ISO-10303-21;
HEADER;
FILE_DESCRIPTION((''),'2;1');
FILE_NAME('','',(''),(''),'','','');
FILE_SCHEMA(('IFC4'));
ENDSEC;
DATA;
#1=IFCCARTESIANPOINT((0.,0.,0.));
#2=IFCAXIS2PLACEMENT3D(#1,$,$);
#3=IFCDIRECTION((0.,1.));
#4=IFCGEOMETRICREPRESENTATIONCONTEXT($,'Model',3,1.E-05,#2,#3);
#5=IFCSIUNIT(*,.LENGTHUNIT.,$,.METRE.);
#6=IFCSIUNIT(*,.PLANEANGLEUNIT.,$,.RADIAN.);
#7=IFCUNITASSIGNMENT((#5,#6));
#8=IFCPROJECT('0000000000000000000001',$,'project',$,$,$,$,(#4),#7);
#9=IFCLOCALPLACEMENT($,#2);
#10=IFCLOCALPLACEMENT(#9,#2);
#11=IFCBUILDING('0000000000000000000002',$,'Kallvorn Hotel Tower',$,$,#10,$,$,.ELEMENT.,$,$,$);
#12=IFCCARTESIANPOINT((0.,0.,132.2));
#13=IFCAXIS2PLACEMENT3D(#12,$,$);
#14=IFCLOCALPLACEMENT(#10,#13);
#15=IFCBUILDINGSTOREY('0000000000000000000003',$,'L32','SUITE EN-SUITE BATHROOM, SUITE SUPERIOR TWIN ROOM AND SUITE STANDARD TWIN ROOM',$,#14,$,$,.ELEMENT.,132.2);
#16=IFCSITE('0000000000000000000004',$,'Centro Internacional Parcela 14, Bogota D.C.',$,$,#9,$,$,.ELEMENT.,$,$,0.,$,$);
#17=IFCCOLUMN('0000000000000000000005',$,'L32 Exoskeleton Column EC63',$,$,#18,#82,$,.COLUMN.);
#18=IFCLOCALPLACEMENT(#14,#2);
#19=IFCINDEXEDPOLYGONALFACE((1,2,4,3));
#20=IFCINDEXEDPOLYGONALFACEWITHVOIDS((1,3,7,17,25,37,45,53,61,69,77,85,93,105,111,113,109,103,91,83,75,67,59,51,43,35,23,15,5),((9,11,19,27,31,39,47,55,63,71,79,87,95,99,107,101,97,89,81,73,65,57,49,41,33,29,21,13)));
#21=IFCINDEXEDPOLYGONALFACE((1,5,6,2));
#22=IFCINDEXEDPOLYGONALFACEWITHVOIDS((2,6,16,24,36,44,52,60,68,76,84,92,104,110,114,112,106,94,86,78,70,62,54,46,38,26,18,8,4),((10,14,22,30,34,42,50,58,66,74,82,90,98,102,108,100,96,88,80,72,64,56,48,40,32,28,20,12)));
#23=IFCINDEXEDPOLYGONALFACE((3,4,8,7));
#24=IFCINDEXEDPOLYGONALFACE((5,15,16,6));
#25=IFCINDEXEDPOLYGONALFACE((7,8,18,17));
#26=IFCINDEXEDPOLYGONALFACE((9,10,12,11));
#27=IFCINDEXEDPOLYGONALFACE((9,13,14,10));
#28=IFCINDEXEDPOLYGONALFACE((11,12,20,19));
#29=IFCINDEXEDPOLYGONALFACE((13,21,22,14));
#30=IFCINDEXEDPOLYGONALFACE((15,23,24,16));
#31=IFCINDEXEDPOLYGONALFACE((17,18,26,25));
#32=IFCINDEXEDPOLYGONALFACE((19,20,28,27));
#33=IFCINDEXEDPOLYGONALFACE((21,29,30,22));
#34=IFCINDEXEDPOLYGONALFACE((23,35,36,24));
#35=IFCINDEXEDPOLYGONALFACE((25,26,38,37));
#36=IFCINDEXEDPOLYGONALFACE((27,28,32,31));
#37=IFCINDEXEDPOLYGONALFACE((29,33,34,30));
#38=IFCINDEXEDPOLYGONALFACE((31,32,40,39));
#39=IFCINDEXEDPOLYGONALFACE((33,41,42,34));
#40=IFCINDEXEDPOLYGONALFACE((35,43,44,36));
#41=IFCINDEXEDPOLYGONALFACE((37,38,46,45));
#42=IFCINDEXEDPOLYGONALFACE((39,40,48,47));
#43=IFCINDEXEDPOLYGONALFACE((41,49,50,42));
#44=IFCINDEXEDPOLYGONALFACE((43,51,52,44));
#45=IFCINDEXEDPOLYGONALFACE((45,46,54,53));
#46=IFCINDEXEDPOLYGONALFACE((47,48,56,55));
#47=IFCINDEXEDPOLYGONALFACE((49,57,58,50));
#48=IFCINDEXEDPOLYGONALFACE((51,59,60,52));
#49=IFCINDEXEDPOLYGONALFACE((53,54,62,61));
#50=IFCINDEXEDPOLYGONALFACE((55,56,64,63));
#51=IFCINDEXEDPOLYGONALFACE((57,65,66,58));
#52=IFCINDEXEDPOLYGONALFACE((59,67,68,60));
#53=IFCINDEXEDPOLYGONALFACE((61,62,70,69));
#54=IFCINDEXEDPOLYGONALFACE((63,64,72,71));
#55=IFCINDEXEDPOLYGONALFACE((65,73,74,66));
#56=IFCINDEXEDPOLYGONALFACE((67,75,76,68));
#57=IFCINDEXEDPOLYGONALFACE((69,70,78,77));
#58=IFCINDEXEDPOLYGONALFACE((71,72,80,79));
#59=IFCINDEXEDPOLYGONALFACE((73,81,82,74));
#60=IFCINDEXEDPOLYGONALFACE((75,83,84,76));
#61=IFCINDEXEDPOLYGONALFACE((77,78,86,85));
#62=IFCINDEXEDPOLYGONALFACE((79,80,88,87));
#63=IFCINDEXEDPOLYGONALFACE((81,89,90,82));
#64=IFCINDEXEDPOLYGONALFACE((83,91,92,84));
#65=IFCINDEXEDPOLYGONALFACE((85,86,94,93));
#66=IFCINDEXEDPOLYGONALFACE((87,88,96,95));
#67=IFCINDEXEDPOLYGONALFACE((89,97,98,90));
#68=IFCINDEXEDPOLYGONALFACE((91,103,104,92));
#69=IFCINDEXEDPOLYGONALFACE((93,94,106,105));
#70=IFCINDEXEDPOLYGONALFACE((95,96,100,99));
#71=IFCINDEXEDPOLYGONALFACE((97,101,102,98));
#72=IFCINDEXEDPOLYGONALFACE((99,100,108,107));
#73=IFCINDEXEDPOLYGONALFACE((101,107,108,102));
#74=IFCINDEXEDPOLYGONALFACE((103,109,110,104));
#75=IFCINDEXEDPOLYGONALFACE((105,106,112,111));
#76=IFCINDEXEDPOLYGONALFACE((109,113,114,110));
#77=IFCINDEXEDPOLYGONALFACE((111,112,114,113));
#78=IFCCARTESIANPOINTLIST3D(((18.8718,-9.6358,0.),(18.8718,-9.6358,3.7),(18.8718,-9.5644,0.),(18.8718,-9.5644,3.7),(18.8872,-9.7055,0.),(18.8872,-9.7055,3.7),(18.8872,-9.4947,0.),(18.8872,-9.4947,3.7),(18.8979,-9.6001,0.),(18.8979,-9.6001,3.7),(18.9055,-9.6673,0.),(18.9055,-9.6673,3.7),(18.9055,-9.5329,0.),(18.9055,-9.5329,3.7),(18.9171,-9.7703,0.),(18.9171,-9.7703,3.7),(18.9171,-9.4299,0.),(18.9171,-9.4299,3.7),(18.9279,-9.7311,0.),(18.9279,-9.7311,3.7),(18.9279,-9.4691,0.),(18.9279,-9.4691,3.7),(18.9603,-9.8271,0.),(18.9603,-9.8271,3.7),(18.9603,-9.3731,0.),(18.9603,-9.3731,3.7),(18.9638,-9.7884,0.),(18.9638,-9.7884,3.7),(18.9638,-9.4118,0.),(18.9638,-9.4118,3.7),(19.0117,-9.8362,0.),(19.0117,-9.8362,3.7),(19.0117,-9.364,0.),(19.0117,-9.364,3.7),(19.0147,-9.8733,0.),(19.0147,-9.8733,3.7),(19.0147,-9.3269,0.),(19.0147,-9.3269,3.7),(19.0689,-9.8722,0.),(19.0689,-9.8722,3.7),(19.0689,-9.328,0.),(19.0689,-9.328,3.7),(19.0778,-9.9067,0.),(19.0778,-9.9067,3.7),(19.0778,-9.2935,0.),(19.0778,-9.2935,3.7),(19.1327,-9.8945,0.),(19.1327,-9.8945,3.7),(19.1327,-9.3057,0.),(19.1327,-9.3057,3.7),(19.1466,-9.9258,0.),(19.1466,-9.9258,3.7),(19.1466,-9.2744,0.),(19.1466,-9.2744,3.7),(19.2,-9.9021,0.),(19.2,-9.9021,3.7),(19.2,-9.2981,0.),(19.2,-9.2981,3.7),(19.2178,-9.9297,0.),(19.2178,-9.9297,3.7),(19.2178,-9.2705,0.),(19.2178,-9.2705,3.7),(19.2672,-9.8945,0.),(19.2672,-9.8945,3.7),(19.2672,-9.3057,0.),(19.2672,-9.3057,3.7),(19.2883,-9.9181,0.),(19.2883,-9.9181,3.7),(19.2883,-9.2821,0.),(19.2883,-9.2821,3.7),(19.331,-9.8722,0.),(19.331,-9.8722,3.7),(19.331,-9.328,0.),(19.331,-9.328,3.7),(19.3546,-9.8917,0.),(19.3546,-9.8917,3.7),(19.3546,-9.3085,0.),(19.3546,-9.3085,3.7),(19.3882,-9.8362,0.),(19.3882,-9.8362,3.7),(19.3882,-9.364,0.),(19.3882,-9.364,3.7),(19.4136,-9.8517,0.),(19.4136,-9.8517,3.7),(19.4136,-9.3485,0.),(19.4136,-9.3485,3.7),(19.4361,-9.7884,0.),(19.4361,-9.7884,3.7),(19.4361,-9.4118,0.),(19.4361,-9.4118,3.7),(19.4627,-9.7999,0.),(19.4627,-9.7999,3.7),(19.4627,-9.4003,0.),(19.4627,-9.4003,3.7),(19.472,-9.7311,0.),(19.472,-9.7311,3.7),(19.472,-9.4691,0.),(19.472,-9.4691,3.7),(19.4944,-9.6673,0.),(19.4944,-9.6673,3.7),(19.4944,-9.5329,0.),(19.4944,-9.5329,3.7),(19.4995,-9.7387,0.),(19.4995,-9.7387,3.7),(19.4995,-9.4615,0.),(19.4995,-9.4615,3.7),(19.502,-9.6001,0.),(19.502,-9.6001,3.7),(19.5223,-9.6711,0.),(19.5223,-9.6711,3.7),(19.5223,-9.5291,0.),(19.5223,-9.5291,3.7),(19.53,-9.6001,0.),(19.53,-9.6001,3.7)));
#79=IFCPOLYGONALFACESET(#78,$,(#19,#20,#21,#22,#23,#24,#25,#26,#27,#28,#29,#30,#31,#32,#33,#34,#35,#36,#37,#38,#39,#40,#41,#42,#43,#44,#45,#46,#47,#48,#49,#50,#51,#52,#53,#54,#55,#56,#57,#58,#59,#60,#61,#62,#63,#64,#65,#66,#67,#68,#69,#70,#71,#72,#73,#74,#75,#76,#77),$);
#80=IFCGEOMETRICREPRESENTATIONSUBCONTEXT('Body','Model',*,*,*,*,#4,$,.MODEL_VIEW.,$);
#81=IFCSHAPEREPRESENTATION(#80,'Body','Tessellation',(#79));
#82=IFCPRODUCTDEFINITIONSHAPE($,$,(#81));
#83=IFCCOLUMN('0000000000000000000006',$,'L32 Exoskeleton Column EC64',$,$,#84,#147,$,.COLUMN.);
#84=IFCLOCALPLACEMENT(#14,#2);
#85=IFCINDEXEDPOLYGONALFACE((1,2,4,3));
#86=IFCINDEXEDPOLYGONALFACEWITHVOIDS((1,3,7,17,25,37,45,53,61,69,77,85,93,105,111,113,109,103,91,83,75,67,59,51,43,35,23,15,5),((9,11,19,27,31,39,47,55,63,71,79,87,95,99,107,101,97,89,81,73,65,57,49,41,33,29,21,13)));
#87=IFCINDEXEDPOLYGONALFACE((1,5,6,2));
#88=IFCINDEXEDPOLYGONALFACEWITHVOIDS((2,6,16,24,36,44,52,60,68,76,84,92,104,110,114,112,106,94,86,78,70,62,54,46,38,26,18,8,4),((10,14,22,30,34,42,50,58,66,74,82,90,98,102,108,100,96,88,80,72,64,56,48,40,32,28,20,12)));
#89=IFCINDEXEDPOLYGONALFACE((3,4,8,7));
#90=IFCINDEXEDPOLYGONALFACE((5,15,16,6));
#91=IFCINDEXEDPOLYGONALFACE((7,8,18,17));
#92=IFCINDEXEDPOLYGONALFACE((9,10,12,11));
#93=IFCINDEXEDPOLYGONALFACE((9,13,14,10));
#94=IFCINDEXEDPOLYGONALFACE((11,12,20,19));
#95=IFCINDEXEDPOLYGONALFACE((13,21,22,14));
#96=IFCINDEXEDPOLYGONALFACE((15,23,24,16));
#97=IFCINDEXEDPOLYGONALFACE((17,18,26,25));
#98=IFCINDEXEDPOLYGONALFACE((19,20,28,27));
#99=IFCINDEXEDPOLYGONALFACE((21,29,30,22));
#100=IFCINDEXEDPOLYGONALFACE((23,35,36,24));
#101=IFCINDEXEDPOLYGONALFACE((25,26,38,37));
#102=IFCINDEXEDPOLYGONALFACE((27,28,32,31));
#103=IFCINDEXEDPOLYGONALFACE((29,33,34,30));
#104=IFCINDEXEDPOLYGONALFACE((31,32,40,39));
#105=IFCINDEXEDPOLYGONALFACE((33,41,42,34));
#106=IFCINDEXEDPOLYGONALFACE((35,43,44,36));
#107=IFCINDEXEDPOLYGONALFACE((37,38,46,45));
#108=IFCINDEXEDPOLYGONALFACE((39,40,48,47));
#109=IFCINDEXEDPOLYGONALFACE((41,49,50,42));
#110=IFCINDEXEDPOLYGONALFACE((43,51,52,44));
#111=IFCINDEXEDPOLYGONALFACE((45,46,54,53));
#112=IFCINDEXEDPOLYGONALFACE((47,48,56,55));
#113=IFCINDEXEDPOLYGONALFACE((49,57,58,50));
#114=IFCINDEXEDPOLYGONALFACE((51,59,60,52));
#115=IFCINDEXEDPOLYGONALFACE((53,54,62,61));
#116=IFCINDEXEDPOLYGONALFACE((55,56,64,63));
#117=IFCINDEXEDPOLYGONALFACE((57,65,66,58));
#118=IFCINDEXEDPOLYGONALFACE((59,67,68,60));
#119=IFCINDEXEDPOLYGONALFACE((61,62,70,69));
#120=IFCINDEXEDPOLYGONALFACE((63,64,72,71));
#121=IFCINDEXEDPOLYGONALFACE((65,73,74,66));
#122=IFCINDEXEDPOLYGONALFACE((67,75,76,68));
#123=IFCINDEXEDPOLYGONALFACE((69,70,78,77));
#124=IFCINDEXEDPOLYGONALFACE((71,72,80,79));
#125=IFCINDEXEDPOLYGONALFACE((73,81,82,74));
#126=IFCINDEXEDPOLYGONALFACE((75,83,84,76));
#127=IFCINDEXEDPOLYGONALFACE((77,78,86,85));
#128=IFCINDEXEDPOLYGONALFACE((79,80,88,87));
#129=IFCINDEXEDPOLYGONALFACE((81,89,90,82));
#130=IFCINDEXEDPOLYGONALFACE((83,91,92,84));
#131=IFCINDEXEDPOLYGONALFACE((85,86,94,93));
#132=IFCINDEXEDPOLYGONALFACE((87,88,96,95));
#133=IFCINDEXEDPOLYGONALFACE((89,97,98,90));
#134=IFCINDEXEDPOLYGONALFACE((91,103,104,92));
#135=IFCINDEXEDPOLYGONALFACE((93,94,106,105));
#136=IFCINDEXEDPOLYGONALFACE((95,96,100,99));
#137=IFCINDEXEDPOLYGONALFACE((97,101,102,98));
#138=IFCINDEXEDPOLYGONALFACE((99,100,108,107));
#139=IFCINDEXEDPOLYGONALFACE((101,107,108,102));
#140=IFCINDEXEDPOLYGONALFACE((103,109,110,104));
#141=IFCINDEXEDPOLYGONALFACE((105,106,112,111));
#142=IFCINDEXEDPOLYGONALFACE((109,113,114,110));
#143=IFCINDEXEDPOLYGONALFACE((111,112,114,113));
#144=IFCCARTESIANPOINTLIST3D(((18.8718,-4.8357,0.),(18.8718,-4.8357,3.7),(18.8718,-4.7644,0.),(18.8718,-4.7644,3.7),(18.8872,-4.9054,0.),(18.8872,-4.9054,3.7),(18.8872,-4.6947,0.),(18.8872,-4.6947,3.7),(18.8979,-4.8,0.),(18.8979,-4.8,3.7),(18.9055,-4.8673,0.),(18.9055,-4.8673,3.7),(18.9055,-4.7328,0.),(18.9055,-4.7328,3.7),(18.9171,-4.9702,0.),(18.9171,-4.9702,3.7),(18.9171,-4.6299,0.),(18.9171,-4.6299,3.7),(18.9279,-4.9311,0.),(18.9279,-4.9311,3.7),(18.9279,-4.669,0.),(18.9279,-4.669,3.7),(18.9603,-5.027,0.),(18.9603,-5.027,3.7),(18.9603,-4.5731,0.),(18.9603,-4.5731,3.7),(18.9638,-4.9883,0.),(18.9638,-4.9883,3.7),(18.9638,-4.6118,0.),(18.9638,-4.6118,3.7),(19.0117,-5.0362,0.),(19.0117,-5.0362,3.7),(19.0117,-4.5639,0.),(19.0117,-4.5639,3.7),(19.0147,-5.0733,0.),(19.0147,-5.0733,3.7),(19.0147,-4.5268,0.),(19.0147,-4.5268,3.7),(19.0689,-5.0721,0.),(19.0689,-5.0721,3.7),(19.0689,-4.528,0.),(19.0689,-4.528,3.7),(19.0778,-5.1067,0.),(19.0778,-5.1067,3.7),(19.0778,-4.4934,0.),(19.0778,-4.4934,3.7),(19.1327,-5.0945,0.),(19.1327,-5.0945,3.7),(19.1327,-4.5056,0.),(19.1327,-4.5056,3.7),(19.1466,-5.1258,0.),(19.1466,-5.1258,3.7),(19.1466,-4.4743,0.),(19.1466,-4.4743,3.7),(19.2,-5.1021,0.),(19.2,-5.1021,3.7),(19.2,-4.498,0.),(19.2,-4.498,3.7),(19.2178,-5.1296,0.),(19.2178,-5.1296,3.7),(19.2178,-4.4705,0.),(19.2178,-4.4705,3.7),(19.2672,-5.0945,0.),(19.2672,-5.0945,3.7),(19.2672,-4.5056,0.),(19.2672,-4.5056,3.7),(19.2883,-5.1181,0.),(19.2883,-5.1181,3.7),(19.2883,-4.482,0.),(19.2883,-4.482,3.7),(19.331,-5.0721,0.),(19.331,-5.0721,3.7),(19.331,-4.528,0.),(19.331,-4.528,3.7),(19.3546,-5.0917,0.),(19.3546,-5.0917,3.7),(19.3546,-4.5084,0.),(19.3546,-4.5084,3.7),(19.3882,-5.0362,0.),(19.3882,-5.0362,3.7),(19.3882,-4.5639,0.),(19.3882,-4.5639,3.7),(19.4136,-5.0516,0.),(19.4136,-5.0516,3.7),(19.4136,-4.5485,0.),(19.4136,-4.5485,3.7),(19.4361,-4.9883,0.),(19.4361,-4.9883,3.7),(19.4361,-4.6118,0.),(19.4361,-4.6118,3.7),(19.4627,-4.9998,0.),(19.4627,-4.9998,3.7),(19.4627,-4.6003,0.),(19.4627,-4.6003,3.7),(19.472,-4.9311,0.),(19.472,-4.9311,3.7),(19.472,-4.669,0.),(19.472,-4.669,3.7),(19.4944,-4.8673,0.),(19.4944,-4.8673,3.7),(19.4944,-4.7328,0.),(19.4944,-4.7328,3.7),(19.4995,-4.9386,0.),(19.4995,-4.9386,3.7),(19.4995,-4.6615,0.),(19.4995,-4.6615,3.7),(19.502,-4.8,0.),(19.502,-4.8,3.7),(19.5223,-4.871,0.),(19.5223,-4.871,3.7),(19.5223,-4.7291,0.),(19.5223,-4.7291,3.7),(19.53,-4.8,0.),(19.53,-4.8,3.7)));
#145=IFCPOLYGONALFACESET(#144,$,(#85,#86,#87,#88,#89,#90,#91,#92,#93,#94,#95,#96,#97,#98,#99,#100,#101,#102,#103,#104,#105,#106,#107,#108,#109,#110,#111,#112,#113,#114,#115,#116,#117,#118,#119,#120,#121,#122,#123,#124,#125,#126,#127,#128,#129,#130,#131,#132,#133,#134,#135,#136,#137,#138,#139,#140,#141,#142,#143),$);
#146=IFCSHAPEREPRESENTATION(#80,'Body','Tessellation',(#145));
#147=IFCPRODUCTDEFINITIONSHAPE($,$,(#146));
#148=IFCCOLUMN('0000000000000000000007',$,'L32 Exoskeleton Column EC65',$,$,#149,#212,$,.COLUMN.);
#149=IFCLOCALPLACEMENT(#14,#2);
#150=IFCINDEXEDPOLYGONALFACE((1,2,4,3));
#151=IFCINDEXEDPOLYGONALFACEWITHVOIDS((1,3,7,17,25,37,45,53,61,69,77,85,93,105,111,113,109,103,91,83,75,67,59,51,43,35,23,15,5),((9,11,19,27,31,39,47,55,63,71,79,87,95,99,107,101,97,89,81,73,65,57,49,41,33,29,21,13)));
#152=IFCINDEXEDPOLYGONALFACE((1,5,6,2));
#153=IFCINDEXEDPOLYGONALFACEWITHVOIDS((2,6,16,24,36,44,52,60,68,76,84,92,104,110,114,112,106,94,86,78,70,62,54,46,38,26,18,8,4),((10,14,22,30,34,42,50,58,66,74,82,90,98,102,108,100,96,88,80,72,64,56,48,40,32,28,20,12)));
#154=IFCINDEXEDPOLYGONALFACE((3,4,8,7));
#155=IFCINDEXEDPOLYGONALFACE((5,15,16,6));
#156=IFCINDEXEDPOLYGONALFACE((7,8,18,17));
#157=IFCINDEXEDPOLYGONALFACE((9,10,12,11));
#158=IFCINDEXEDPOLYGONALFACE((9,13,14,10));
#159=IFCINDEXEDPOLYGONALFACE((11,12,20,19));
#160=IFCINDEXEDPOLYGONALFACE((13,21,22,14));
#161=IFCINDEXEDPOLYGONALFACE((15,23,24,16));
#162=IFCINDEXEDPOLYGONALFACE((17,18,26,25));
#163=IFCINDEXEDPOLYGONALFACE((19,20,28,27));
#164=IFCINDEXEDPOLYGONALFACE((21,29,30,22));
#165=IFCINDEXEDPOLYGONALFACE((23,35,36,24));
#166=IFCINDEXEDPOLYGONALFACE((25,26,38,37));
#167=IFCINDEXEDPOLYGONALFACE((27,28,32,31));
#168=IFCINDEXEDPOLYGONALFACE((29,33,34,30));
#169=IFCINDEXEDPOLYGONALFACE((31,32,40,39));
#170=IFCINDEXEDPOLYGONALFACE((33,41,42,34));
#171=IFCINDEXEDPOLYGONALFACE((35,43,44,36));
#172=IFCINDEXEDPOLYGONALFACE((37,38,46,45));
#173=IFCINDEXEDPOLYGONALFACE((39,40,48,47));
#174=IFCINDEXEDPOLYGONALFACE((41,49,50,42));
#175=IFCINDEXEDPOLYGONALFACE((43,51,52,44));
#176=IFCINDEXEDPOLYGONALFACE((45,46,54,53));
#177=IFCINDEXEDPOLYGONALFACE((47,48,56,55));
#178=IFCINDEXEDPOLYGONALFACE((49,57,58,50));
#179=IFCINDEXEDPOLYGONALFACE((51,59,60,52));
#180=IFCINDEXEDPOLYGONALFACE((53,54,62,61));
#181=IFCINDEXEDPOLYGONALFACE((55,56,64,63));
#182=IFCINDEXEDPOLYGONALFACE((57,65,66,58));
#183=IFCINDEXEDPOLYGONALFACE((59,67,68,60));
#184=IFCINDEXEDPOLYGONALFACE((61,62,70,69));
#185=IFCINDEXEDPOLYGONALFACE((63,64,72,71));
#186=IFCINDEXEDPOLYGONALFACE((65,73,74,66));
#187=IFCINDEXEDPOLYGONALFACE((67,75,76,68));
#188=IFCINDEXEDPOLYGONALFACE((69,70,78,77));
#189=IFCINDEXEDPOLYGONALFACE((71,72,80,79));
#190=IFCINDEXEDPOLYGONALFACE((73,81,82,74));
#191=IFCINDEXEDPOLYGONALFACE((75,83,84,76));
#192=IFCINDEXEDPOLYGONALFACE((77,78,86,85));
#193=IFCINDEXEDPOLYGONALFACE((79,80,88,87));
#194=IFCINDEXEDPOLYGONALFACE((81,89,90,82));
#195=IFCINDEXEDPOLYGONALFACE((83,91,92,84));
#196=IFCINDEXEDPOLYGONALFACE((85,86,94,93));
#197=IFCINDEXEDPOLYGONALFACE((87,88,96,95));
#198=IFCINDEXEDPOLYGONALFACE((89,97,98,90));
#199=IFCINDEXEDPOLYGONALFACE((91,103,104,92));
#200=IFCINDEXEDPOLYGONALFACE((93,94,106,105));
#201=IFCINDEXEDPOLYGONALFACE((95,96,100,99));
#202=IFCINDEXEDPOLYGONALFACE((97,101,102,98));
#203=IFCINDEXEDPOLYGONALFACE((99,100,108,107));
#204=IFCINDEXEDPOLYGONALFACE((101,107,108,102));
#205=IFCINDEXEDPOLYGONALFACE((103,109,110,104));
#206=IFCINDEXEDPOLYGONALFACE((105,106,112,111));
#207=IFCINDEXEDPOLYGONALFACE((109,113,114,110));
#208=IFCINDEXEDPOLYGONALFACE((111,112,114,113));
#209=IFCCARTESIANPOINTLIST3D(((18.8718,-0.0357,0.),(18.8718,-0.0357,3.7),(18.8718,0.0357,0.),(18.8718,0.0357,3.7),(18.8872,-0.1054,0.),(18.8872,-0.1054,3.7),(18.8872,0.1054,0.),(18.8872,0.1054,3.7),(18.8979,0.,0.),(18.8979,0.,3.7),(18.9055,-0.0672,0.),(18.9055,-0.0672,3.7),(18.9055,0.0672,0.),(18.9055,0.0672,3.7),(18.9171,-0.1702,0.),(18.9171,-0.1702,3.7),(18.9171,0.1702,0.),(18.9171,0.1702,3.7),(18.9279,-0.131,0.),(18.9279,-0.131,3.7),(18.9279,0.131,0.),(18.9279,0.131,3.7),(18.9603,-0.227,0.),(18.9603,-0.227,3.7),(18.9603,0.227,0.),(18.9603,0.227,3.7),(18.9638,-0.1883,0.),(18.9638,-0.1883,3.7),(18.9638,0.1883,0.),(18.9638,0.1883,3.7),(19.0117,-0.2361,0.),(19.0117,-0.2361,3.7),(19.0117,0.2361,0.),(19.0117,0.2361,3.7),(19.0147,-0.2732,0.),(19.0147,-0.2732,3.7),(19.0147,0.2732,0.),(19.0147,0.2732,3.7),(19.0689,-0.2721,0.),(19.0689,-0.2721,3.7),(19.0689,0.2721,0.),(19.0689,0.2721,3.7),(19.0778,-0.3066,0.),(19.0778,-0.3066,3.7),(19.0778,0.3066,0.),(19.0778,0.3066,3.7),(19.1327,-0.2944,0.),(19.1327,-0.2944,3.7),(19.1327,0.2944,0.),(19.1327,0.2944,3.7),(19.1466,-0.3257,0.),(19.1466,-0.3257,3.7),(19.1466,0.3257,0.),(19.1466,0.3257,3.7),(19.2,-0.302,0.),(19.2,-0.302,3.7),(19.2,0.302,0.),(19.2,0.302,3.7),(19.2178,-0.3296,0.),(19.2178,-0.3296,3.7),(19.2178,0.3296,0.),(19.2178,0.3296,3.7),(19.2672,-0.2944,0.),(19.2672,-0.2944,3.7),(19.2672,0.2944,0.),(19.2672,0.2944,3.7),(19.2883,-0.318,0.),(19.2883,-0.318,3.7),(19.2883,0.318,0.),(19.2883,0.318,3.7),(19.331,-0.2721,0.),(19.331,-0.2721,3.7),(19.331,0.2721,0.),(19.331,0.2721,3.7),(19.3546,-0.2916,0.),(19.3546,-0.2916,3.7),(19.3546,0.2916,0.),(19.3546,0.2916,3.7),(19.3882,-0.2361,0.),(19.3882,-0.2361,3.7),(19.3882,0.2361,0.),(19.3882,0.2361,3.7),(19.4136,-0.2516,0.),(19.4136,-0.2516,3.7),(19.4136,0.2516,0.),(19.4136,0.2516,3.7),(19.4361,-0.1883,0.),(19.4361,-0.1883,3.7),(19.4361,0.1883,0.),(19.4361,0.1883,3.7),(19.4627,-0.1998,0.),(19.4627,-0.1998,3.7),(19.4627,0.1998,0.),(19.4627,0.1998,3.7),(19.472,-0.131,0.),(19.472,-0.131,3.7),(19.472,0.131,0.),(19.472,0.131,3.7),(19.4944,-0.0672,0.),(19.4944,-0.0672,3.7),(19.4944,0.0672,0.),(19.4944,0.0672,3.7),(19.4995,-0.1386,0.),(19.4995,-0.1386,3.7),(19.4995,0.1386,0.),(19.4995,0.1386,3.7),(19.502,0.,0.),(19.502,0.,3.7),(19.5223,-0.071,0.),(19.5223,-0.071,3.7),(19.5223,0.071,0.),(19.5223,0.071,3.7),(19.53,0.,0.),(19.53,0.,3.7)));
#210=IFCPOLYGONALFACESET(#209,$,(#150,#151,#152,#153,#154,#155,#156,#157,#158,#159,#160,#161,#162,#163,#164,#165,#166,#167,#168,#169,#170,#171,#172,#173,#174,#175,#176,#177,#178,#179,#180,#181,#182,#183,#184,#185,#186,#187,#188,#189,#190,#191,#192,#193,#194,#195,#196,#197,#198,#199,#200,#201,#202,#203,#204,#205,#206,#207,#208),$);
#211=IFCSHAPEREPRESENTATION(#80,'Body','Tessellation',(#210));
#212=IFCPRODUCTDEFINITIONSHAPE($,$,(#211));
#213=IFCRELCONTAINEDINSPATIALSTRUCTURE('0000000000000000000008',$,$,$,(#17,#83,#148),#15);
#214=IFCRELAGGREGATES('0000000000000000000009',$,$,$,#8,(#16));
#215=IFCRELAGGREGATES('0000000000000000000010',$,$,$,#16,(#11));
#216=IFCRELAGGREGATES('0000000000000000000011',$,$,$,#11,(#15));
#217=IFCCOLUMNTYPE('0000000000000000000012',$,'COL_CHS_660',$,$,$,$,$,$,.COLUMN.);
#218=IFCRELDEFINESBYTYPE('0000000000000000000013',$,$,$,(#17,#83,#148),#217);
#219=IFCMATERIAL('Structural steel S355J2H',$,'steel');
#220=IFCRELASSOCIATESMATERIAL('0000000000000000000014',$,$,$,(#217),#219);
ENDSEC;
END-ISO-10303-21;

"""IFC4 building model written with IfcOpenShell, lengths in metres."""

from ifc_helpers import new_model, si_unit, direction, frame, origin, origin_2d, place, context, subcontext, project, spatial, hollow_circle, extrude, material, material_profile, profile_set, type_object, element, save


model = new_model("IFC4")

# Units and contexts
model_context = context("Model", 3, precision=1e-05, world=origin(), true_north=direction((0.0, 1.0)))
body_context = subcontext(model_context, "Body", "Model", "MODEL_VIEW")
ifc_project = project(units=[si_unit("LENGTHUNIT", "METRE"), si_unit("PLANEANGLEUNIT", "RADIAN")], contexts=[model_context])

# Site, building, storey
site_placement = place(None, origin())
site = spatial("IfcSite", under=ifc_project, at=site_placement, Name="Centro Internacional Parcela 14, Bogota D.C.", CompositionType="ELEMENT", RefElevation=0.0)
building_placement = place(site_placement, origin())
building = spatial("IfcBuilding", under=site, at=building_placement, Name="Kallvorn Hotel Tower", CompositionType="ELEMENT")
storey_placement = place(building_placement, frame((0.0, 0.0, 132.2)))
storey = spatial("IfcBuildingStorey", under=building, at=storey_placement, Name="L32", Description="SUITE EN-SUITE BATHROOM, SUITE SUPERIOR TWIN ROOM AND SUITE STANDARD TWIN ROOM", CompositionType="ELEMENT", Elevation=132.2)

# Columns
ifc_material_1 = material(Name="Structural steel S355J2H", Category="steel")
ifc_material_profile_1 = material_profile(ifc_material_1, hollow_circle(Radius=0.3301, WallThickness=0.0281, at=origin_2d()), Name="CHS 660x28")
ifc_profile_set_1 = profile_set([ifc_material_profile_1], Name="Structural steel S355J2H")
column_type_1 = type_object("IfcColumnType", Name="COL_CHS_660", PredefinedType="COLUMN", material=ifc_profile_set_1)
for number, where, z_axis, x_axis, name in (
    (1, (19.2, -9.6001, 0.0), (0.0, 0.0, 1.0), (1.0, 0.0, 0.0), "L32 Exoskeleton Column EC63"),
    (2, (19.2, -4.8, 0.0), (0.0, 0.0, 1.0), (1.0, 0.0, 0.0), "L32 Exoskeleton Column EC64"),
    (3, (19.2, 0.0, 0.0), (0.0, 0.0, 1.0), (1.0, 0.0, 0.0), "L32 Exoskeleton Column EC65"),
):
    element("IfcColumn", number, at=place(storey_placement, frame(where, z_axis=z_axis, x_axis=x_axis)), inside=storey, type_object=column_type_1, Name=name, PredefinedType="COLUMN", context=body_context, shape_type="SweptSolid", body=[
        extrude(hollow_circle(Radius=0.3301, WallThickness=0.0281, at=origin_2d()), origin(), (0.0, 0.0, 1.0), 3.7),
    ])

save(model, "model.ifc")
